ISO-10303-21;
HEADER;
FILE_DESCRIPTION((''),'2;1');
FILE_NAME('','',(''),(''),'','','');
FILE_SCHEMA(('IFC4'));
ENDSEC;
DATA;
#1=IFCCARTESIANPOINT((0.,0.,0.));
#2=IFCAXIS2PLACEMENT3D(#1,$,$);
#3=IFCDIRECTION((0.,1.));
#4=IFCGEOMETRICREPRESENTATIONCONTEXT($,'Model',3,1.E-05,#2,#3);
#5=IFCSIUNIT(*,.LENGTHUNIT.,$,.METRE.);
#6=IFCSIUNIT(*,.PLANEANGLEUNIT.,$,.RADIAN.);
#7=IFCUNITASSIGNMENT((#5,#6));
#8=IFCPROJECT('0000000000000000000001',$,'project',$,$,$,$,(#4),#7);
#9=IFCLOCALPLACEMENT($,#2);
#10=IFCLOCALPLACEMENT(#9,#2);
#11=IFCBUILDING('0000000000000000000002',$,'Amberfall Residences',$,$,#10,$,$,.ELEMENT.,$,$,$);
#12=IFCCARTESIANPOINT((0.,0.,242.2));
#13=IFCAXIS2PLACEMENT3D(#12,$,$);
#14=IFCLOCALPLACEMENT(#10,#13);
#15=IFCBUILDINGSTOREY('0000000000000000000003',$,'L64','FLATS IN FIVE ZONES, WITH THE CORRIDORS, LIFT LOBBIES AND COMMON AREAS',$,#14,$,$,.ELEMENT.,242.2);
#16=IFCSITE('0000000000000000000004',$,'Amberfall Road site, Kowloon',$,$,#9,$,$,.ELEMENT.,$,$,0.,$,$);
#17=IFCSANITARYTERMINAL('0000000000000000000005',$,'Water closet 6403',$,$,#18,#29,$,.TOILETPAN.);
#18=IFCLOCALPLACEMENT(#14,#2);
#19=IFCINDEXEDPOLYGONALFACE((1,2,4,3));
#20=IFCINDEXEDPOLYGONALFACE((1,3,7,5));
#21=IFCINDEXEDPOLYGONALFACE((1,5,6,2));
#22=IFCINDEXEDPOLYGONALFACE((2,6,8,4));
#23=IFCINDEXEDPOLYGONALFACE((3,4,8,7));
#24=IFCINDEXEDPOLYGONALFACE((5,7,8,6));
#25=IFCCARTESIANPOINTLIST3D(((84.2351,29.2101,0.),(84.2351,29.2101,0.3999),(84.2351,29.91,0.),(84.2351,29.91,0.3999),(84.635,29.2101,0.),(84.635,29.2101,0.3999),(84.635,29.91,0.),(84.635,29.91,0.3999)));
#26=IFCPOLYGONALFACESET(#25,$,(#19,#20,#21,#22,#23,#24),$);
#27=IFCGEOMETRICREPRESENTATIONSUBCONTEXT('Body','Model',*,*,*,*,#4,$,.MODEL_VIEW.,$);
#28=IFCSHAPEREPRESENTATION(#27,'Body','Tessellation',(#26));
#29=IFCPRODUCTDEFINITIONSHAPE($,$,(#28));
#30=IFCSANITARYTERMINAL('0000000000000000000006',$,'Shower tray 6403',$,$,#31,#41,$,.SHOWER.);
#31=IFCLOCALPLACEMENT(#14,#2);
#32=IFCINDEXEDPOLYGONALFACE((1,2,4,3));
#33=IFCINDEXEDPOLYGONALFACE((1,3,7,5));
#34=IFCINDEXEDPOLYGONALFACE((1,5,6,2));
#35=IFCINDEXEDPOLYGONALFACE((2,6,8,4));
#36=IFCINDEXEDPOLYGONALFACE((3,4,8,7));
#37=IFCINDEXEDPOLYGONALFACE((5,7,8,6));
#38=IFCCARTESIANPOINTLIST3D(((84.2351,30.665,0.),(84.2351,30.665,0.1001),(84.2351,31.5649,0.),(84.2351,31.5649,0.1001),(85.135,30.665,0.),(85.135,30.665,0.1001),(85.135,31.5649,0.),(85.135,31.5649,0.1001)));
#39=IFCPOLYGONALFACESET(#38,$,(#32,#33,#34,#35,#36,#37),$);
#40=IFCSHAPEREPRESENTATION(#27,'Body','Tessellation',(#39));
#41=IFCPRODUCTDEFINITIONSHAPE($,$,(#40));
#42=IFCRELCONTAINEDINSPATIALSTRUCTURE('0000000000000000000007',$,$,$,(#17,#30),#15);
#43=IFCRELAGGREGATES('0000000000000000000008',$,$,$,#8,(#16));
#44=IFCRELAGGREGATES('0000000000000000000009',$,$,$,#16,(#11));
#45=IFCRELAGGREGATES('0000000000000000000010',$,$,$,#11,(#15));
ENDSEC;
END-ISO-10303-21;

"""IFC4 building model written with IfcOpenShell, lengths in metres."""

from ifc_helpers import new_model, si_unit, direction, frame, origin, origin_2d, place, context, subcontext, project, spatial, rectangle, extrude, element, save


model = new_model("IFC4")

# Units and contexts
model_context = context("Model", 3, precision=1e-05, world=origin(), true_north=direction((0.0, 1.0)))
body_context = subcontext(model_context, "Body", "Model", "MODEL_VIEW")
ifc_project = project(units=[si_unit("LENGTHUNIT", "METRE"), si_unit("PLANEANGLEUNIT", "RADIAN")], contexts=[model_context])

# Site, building, storey
site_placement = place(None, origin())
site = spatial("IfcSite", under=ifc_project, at=site_placement, Name="Amberfall Road site, Kowloon", CompositionType="ELEMENT", RefElevation=0.0)
building_placement = place(site_placement, origin())
building = spatial("IfcBuilding", under=site, at=building_placement, Name="Amberfall Residences", CompositionType="ELEMENT")
storey_placement = place(building_placement, frame((0.0, 0.0, 242.2)))
storey = spatial("IfcBuildingStorey", under=building, at=storey_placement, Name="L64", Description="FLATS IN FIVE ZONES, WITH THE CORRIDORS, LIFT LOBBIES AND COMMON AREAS", CompositionType="ELEMENT", Elevation=242.2)

# Sanitary terminals
sanitary_terminal_1_placement = place(storey_placement, frame((84.4351, 29.5601, 0.0), z_axis=(0.0, 0.0, 1.0), x_axis=(1.0, 0.0, 0.0)))
element("IfcSanitaryTerminal", 1, at=sanitary_terminal_1_placement, inside=storey, Name="Water closet 6403", PredefinedType="TOILETPAN", context=body_context, shape_type="SweptSolid", body=[
    extrude(rectangle(XDim=0.3999, YDim=0.7, at=origin_2d()), origin(), (0.0, 0.0, 1.0), 0.3999),
])
sanitary_terminal_2_placement = place(storey_placement, frame((84.6851, 31.115, 0.0), z_axis=(0.0, 0.0, 1.0), x_axis=(1.0, 0.0, 0.0)))
element("IfcSanitaryTerminal", 2, at=sanitary_terminal_2_placement, inside=storey, Name="Shower tray 6403", PredefinedType="SHOWER", context=body_context, shape_type="SweptSolid", body=[
    extrude(rectangle(XDim=0.8999, YDim=0.8999, at=origin_2d()), origin(), (0.0, 0.0, 1.0), 0.1001),
])

save(model, "model.ifc")
